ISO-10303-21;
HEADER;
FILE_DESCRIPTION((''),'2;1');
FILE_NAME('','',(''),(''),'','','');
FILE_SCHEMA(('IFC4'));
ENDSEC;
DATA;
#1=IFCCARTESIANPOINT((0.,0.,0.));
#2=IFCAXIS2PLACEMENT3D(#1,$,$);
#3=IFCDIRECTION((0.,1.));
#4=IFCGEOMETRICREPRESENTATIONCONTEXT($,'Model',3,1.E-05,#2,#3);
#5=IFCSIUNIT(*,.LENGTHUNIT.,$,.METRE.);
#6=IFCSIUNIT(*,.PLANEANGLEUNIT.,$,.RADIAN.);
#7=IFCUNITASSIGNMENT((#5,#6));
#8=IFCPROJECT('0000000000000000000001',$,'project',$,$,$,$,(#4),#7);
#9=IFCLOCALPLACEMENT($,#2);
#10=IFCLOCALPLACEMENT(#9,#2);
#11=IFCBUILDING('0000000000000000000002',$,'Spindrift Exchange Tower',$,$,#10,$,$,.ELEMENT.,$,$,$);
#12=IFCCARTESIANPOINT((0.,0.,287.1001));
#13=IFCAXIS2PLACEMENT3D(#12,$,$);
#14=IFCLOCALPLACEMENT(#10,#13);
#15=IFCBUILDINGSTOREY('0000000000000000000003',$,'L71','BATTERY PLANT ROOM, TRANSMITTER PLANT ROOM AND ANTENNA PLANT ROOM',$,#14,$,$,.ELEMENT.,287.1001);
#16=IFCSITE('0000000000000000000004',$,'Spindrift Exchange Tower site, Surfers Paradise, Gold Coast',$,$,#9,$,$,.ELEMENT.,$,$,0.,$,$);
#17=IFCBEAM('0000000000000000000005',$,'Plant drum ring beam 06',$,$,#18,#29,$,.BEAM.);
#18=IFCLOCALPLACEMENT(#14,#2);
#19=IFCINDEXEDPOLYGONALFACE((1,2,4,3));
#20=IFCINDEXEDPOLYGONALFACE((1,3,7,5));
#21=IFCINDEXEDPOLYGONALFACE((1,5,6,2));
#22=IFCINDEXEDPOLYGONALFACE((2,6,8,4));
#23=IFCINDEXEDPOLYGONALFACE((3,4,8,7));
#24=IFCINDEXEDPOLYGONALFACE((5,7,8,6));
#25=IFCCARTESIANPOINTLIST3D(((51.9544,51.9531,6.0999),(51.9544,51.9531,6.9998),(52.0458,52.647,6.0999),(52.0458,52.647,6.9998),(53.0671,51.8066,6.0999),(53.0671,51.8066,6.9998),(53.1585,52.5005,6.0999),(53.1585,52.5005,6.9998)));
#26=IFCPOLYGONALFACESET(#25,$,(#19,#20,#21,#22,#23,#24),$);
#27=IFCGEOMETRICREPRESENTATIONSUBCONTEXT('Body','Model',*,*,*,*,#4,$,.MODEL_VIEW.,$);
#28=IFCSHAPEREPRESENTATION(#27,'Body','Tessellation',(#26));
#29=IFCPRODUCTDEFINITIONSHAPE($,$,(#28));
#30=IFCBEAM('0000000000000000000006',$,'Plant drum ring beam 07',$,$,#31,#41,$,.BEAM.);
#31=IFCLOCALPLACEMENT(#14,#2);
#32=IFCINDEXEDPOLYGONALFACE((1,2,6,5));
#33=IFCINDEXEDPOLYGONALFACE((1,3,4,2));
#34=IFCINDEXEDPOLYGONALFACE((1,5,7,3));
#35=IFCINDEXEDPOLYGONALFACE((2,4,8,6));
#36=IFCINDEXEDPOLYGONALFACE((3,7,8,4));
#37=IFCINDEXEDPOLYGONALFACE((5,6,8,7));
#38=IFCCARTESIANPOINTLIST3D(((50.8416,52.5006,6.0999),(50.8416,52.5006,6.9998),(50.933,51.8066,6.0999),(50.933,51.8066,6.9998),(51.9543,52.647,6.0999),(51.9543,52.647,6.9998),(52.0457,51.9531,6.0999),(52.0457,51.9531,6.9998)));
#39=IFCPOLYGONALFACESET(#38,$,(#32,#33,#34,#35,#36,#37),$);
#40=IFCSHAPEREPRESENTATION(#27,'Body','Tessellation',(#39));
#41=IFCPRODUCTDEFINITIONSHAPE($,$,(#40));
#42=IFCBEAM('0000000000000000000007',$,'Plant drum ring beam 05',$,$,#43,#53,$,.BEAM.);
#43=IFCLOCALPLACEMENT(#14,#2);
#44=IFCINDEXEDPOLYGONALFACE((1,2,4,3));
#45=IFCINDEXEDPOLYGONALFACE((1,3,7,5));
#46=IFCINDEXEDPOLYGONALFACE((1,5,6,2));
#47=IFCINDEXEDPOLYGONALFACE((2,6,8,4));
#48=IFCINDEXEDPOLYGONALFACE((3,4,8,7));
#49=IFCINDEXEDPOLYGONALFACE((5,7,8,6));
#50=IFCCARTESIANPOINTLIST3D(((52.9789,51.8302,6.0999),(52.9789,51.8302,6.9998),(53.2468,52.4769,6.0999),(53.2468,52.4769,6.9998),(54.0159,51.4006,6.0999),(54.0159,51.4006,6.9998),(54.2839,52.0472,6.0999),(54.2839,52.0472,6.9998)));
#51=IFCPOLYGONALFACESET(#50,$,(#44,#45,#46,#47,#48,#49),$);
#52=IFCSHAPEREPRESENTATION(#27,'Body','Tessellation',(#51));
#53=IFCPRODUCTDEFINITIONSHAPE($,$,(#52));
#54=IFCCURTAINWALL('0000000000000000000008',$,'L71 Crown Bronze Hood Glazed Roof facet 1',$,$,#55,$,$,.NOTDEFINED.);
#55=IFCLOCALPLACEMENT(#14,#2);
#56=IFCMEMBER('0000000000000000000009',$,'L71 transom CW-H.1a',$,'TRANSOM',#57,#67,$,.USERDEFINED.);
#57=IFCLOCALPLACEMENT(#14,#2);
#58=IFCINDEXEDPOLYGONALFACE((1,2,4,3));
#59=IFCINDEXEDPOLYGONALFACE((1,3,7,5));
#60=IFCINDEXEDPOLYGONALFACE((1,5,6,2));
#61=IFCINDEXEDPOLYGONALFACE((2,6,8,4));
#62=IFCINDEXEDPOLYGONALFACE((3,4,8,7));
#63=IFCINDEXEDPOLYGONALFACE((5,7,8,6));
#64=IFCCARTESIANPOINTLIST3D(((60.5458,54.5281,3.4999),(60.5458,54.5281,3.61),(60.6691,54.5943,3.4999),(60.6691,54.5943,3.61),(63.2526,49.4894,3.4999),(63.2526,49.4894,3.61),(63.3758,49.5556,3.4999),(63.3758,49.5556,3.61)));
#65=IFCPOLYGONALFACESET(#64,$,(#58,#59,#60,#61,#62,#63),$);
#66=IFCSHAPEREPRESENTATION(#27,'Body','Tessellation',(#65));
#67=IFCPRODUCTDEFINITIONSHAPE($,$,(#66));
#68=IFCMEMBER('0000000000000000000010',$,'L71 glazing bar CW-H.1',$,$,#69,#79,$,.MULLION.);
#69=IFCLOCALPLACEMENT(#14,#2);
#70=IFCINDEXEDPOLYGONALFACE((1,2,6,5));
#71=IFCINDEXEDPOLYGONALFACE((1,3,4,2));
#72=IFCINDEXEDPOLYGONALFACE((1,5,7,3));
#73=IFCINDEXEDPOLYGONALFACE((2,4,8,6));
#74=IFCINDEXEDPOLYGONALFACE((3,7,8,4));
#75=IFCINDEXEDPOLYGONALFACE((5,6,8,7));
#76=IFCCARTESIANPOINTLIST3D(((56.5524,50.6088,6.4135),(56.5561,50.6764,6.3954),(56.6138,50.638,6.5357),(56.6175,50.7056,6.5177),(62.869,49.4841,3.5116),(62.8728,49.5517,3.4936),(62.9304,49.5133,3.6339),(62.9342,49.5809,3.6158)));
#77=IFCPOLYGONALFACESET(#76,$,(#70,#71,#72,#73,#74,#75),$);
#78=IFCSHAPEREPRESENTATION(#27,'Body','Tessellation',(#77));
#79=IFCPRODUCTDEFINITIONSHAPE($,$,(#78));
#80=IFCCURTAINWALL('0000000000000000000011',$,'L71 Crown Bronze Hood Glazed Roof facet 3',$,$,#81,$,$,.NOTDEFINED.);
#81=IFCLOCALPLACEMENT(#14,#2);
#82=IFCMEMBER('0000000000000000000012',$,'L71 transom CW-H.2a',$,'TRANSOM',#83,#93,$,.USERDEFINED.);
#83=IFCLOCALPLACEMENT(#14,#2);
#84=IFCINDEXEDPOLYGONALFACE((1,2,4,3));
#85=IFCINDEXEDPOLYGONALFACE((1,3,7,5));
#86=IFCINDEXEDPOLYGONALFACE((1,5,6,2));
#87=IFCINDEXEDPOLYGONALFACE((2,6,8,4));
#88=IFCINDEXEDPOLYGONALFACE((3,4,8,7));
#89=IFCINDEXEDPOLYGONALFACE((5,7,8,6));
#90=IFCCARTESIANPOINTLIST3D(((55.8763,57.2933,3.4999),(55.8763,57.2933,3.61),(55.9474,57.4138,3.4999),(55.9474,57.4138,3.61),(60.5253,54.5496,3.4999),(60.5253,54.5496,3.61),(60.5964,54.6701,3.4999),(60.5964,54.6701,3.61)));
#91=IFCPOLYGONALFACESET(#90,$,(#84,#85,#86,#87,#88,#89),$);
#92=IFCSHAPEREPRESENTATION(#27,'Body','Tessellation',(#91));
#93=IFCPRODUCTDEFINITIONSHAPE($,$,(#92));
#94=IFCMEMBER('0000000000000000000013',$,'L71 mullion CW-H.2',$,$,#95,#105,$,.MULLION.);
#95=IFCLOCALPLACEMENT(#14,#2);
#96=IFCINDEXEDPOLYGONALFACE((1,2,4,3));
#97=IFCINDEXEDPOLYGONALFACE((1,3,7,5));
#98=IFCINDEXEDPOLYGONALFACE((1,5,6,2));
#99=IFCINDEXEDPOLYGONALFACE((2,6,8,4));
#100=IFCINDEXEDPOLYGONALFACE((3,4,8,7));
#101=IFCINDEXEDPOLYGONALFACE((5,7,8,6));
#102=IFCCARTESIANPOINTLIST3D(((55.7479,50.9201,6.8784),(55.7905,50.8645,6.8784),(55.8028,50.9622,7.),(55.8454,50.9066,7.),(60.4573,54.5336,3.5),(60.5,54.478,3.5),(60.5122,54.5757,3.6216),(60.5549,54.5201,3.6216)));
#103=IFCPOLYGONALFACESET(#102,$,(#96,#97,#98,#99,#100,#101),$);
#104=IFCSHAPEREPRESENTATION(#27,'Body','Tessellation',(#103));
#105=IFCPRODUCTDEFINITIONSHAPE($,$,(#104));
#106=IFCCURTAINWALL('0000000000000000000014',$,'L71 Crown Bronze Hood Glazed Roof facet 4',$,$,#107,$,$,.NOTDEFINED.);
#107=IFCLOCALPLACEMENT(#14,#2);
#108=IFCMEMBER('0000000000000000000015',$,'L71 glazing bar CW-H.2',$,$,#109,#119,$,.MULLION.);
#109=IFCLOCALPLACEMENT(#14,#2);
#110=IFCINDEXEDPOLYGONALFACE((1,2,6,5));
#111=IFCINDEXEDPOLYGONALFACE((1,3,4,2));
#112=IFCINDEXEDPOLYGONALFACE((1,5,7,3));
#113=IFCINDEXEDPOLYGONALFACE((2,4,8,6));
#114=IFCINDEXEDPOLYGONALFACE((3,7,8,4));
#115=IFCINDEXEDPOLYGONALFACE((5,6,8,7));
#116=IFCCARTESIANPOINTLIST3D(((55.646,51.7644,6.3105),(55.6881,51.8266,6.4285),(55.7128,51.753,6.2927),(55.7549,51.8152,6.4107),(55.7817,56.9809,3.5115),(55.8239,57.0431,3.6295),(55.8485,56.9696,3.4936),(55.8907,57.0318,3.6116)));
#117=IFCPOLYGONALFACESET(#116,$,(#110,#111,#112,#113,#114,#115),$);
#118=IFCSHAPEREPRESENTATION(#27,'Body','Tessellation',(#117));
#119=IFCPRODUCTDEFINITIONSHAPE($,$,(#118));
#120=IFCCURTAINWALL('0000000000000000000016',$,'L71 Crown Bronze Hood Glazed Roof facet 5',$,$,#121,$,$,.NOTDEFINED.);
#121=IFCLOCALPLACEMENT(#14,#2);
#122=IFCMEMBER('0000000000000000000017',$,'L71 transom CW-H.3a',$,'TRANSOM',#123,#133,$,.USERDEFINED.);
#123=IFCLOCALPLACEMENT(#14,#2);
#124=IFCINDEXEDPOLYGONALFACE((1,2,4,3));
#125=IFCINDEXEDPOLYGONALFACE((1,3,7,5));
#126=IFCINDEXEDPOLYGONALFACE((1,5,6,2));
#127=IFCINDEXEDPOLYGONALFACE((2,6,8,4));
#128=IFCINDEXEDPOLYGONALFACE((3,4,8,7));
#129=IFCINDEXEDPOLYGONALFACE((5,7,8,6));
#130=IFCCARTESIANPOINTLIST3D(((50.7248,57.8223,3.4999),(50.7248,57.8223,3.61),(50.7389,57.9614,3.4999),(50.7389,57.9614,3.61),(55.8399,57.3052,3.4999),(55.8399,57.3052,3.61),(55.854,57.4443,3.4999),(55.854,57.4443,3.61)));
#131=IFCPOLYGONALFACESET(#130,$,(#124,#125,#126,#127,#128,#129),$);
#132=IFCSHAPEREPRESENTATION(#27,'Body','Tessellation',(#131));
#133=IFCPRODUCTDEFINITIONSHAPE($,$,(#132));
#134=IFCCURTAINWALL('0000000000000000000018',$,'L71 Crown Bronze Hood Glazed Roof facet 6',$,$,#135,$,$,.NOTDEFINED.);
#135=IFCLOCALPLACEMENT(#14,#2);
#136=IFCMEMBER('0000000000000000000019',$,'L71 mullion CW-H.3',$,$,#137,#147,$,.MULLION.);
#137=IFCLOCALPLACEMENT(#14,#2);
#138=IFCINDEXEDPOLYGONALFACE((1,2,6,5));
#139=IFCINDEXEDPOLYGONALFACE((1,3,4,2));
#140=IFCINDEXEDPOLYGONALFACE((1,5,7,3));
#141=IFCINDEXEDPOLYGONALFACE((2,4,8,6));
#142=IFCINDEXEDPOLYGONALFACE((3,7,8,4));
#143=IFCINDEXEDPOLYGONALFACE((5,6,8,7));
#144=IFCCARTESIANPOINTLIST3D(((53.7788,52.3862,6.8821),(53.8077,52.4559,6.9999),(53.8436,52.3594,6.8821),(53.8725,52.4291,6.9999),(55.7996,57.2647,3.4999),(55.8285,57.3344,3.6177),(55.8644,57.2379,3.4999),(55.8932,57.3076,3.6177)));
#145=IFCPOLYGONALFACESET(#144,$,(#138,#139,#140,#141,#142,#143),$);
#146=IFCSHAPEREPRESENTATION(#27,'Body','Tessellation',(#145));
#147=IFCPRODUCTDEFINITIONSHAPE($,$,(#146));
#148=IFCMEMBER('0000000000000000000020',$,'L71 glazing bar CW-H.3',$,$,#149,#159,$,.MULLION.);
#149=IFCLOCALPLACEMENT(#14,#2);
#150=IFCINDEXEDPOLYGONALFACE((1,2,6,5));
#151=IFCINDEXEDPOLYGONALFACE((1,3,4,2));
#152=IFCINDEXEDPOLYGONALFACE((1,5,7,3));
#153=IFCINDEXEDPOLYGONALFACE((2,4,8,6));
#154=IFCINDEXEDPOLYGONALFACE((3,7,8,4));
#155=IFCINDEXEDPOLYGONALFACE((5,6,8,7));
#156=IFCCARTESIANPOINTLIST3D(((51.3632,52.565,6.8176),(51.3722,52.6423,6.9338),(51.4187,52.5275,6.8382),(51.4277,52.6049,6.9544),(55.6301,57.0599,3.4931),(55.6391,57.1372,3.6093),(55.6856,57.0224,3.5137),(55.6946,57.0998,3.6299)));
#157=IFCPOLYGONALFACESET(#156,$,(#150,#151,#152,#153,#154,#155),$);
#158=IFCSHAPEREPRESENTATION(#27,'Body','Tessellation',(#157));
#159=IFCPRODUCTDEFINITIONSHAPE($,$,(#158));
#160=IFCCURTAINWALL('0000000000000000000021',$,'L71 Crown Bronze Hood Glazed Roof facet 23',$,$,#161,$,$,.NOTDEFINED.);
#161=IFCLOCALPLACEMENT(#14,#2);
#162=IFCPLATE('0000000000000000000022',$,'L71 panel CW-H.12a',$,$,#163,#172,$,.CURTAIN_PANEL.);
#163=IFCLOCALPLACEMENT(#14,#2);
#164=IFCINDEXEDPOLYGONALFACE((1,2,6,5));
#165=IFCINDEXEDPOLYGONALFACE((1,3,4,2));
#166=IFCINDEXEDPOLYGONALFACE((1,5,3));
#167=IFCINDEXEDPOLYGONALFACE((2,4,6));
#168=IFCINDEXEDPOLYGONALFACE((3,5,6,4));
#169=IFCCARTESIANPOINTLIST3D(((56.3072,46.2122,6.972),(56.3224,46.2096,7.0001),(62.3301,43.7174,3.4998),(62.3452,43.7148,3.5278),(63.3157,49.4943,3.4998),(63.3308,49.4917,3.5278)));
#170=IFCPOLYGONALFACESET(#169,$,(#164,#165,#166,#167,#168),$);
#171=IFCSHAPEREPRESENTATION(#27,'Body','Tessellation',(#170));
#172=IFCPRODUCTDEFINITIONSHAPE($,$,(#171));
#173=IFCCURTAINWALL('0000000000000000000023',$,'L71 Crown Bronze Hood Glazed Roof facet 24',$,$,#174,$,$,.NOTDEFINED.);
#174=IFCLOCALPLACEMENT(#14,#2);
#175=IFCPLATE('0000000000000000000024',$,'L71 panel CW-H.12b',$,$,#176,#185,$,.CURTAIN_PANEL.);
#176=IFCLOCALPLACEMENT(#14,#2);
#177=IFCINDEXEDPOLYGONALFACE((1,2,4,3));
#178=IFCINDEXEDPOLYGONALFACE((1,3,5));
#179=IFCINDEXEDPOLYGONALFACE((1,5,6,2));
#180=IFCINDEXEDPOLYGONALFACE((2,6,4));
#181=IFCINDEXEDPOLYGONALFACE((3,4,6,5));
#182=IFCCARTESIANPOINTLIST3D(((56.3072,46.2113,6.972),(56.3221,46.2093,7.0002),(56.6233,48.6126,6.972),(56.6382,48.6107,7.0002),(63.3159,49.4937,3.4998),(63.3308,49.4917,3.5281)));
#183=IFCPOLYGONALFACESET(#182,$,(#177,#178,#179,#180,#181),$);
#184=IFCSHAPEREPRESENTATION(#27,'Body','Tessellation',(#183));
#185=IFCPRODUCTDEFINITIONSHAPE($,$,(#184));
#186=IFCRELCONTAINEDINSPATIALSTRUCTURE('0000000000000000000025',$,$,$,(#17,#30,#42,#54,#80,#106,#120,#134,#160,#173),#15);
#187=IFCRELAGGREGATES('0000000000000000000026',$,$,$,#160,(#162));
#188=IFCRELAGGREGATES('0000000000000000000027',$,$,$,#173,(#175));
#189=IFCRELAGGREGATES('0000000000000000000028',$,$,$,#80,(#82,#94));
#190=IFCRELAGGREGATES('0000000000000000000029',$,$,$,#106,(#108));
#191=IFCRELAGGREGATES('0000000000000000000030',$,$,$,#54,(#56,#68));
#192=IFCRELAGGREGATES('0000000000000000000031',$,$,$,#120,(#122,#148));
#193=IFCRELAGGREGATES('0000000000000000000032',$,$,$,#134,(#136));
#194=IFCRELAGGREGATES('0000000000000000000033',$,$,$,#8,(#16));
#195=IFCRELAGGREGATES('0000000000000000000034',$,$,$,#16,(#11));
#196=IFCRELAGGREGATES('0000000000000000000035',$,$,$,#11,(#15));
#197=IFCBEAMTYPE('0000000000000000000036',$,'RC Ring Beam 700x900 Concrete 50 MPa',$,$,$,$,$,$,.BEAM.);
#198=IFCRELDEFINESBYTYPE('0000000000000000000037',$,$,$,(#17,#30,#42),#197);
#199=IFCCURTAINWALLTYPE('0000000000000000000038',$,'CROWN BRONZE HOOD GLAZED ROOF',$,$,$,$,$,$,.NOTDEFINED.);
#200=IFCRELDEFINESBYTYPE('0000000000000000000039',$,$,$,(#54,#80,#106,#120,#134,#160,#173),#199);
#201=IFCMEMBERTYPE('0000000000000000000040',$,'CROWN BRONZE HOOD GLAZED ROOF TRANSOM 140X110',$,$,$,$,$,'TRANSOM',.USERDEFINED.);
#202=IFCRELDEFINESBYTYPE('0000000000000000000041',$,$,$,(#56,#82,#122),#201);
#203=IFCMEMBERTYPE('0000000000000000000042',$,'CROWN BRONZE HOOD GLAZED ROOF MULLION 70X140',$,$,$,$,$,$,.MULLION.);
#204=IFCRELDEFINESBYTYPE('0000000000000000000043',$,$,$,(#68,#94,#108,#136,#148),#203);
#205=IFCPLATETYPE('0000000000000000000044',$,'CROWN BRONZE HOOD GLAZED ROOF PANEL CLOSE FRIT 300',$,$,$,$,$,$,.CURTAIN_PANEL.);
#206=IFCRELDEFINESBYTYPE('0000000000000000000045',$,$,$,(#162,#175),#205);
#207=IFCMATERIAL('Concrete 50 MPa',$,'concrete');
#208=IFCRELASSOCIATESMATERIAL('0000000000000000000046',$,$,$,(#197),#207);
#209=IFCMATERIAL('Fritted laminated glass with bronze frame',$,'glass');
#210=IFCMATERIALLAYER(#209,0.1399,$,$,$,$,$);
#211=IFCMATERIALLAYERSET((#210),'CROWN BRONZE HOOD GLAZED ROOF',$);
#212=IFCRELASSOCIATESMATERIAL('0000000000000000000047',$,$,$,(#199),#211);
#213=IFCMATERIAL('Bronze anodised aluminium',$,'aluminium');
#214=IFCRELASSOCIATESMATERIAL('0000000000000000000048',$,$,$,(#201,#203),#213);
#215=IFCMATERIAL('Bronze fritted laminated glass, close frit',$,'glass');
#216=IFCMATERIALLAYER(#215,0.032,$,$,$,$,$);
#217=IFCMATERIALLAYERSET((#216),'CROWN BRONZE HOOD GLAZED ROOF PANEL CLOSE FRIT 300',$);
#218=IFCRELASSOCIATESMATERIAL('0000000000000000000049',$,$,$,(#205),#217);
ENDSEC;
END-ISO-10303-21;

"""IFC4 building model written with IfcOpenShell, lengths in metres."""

from ifc_helpers import new_model, si_unit, direction, frame, origin, origin_2d, place, context, subcontext, project, spatial, line, indexed_curve, rectangle, outline, extrude, source, transform, mapped, material, layer, layer_set, material_profile, profile_set, type_object, element, aggregate, save


model = new_model("IFC4")

# Units and contexts
model_context = context("Model", 3, precision=1e-05, world=origin(), true_north=direction((0.0, 1.0)))
body_context = subcontext(model_context, "Body", "Model", "MODEL_VIEW")
ifc_project = project(units=[si_unit("LENGTHUNIT", "METRE"), si_unit("PLANEANGLEUNIT", "RADIAN")], contexts=[model_context])

# Site, building, storey
site_placement = place(None, origin())
site = spatial("IfcSite", under=ifc_project, at=site_placement, Name="Spindrift Exchange Tower site, Surfers Paradise, Gold Coast", CompositionType="ELEMENT", RefElevation=0.0)
building_placement = place(site_placement, origin())
building = spatial("IfcBuilding", under=site, at=building_placement, Name="Spindrift Exchange Tower", CompositionType="ELEMENT")
storey_placement = place(building_placement, frame((0.0, 0.0, 287.1001)))
storey = spatial("IfcBuildingStorey", under=building, at=storey_placement, Name="L71", Description="BATTERY PLANT ROOM, TRANSMITTER PLANT ROOM AND ANTENNA PLANT ROOM", CompositionType="ELEMENT", Elevation=287.1001)

# Beams
ifc_material_1 = material(Name="Concrete 50 MPa", Category="concrete")
ifc_material_profile_1 = material_profile(ifc_material_1, rectangle(XDim=0.7, YDim=0.8999, at=origin_2d()), Name="RC 700x900")
ifc_profile_set_1 = profile_set([ifc_material_profile_1], Name="Concrete 50 MPa")
beam_type = type_object("IfcBeamType", Name="RC Ring Beam 700x900 Concrete 50 MPa", PredefinedType="BEAM", material=ifc_profile_set_1)
shared_shape_1 = source(origin(), body_context, "Body", "SweptSolid", [
    extrude(rectangle(XDim=0.7, YDim=0.8999, at=origin_2d()), origin(), (0.0, 0.0, 1.0), 1.1223),
])
for number, where, z_axis, x_axis, name in (
    (1, (53.1128, 52.1536, 6.5498), (-0.991447, 0.130511, 0.0), (-0.130511, -0.991447, 0.0), "Plant drum ring beam 06"),
    (2, (52.0, 52.3, 6.5498), (-0.991447, -0.130511, 0.0), (0.130511, -0.991447, 0.0), "Plant drum ring beam 07"),
):
    element("IfcBeam", number, at=place(storey_placement, frame(where, z_axis=z_axis, x_axis=x_axis)), inside=storey, type_object=beam_type, Name=name, PredefinedType="BEAM", context=body_context, shape_type="MappedRepresentation", body=[
        mapped(shared_shape_1, transform((0.0, 0.0, 0.0), scale=1.0)),
    ])
shared_shape_2 = source(origin(), body_context, "Body", "SweptSolid", [
    extrude(rectangle(XDim=0.7, YDim=0.8999, at=origin_2d()), origin(), (0.0, 0.0, 1.0), 1.1226),
])
beam_placement = place(storey_placement, frame((54.1499, 51.7239, 6.5498), z_axis=(-0.923847, 0.382762, 0.0), x_axis=(-0.382762, -0.923847, 0.0)))
element("IfcBeam", 3, at=beam_placement, inside=storey, type_object=beam_type, Name="Plant drum ring beam 05", PredefinedType="BEAM", context=body_context, shape_type="MappedRepresentation", body=[
    mapped(shared_shape_2, transform((0.0, 0.0, 0.0), scale=1.0)),
])

# Curtain walls, members
ifc_material_2 = material(Name="Fritted laminated glass with bronze frame", Category="glass")
ifc_layer_1 = layer(ifc_material_2, 0.1399)
ifc_layer_set_1 = layer_set([ifc_layer_1], Name="CROWN BRONZE HOOD GLAZED ROOF")
curtain_wall_type = type_object("IfcCurtainWallType", Name="CROWN BRONZE HOOD GLAZED ROOF", PredefinedType="NOTDEFINED", material=ifc_layer_set_1)
curtain_wall_1_placement = place(storey_placement, origin())
curtain_wall_1 = element("IfcCurtainWall", 4, at=curtain_wall_1_placement, inside=storey, type_object=curtain_wall_type, Name="L71 Crown Bronze Hood Glazed Roof facet 1", PredefinedType="NOTDEFINED")
ifc_material_3 = material(Name="Bronze anodised aluminium", Category="aluminium")
ifc_material_profile_2 = material_profile(ifc_material_3, rectangle(XDim=0.1399, YDim=0.1101, at=origin_2d()), Name="CROWN BRONZE HOOD GLAZED ROOF TRANSOM 140X110")
ifc_profile_set_2 = profile_set([ifc_material_profile_2], Name="Bronze anodised aluminium")
member_type_1 = type_object("IfcMemberType", Name="CROWN BRONZE HOOD GLAZED ROOF TRANSOM 140X110", ElementType="TRANSOM", PredefinedType="USERDEFINED", material=ifc_profile_set_2)
shared_shape_3 = source(origin(), body_context, "Body", "SweptSolid", [
    extrude(rectangle(XDim=0.1399, YDim=0.1101, at=origin_2d()), origin(), (0.0, 0.0, 1.0), 5.7197),
])
member_1_placement = place(storey_placement, frame((63.3142, 49.5225, 3.5549), z_axis=(-0.473229, 0.880939, 0.0), x_axis=(-0.880939, -0.473229, 0.0)))
member_1 = element("IfcMember", 5, at=member_1_placement, type_object=member_type_1, Name="L71 transom CW-H.1a", ObjectType="TRANSOM", PredefinedType="USERDEFINED", context=body_context, shape_type="MappedRepresentation", body=[
    mapped(shared_shape_3, transform((0.0, 0.0, 0.0), scale=1.0)),
])
ifc_material_profile_3 = material_profile(ifc_material_3, rectangle(XDim=0.0701, YDim=0.1399, at=origin_2d()), Name="CROWN BRONZE HOOD GLAZED ROOF MULLION 70X140")
ifc_profile_set_3 = profile_set([ifc_material_profile_3], Name="Bronze anodised aluminium")
member_type_2 = type_object("IfcMemberType", Name="CROWN BRONZE HOOD GLAZED ROOF MULLION 70X140", PredefinedType="MULLION", material=ifc_profile_set_3)
shared_shape_4 = source(origin(), body_context, "Body", "SweptSolid", [
    extrude(rectangle(XDim=0.0701, YDim=0.1399, at=origin_2d()), origin(), (0.0, 0.0, 1.0), 7.0417),
])
member_2_placement = place(storey_placement, frame((62.9016, 49.5325, 3.5637), z_axis=(-0.897031, 0.159727, 0.412094), x_axis=(-0.053573, -0.964832, 0.257352)))
member_2 = element("IfcMember", 6, at=member_2_placement, type_object=member_type_2, Name="L71 glazing bar CW-H.1", PredefinedType="MULLION", context=body_context, shape_type="MappedRepresentation", body=[
    mapped(shared_shape_4, transform((0.0, 0.0, 0.0), scale=1.0)),
])
curtain_wall_2_placement = place(storey_placement, origin())
curtain_wall_2 = element("IfcCurtainWall", 7, at=curtain_wall_2_placement, inside=storey, type_object=curtain_wall_type, Name="L71 Crown Bronze Hood Glazed Roof facet 3", PredefinedType="NOTDEFINED")
shared_shape_5 = source(origin(), body_context, "Body", "SweptSolid", [
    extrude(rectangle(XDim=0.1399, YDim=0.1101, at=origin_2d()), origin(), (0.0, 0.0, 1.0), 5.3982),
])
member_3_placement = place(storey_placement, frame((55.9119, 57.3535, 3.5549), z_axis=(0.861206, -0.508257, 0.0), x_axis=(0.508257, 0.861206, 0.0)))
member_3 = element("IfcMember", 8, at=member_3_placement, type_object=member_type_1, Name="L71 transom CW-H.2a", ObjectType="TRANSOM", PredefinedType="USERDEFINED", context=body_context, shape_type="MappedRepresentation", body=[
    mapped(shared_shape_5, transform((0.0, 0.0, 0.0), scale=1.0)),
])
shared_shape_6 = source(origin(), body_context, "Body", "SweptSolid", [
    extrude(rectangle(XDim=0.0701, YDim=0.1399, at=origin_2d()), origin(), (0.0, 0.0, 1.0), 6.8301),
])
member_4_placement = place(storey_placement, frame((60.5061, 54.5269, 3.5608), z_axis=(-0.689516, -0.529058, 0.494636), x_axis=(0.608742, -0.793368, 0.0)))
member_4 = element("IfcMember", 9, at=member_4_placement, type_object=member_type_2, Name="L71 mullion CW-H.2", PredefinedType="MULLION", context=body_context, shape_type="MappedRepresentation", body=[
    mapped(shared_shape_6, transform((0.0, 0.0, 0.0), scale=1.0)),
])

# Curtain walls, members
curtain_wall_3_placement = place(storey_placement, origin())
curtain_wall_3 = element("IfcCurtainWall", 10, at=curtain_wall_3_placement, inside=storey, type_object=curtain_wall_type, Name="L71 Crown Bronze Hood Glazed Roof facet 4", PredefinedType="NOTDEFINED")
shared_shape_7 = source(origin(), body_context, "Body", "SweptSolid", [
    extrude(rectangle(XDim=0.0701, YDim=0.1399, at=origin_2d()), origin(), (0.0, 0.0, 1.0), 5.9216),
])
member_5_placement = place(storey_placement, frame((55.8362, 57.0063, 3.5615), z_axis=(-0.022923, -0.880932, 0.472686), x_axis=(0.953246, -0.161767, -0.255253)))
member_5 = element("IfcMember", 11, at=member_5_placement, type_object=member_type_2, Name="L71 glazing bar CW-H.2", PredefinedType="MULLION", context=body_context, shape_type="MappedRepresentation", body=[
    mapped(shared_shape_7, transform((0.0, 0.0, 0.0), scale=1.0)),
])
curtain_wall_4_placement = place(storey_placement, origin())
curtain_wall_4 = element("IfcCurtainWall", 12, at=curtain_wall_4_placement, inside=storey, type_object=curtain_wall_type, Name="L71 Crown Bronze Hood Glazed Roof facet 5", PredefinedType="NOTDEFINED")
shared_shape_8 = source(origin(), body_context, "Body", "SweptSolid", [
    extrude(rectangle(XDim=0.1399, YDim=0.1101, at=origin_2d()), origin(), (0.0, 0.0, 1.0), 5.1411),
])
member_6_placement = place(storey_placement, frame((55.8469, 57.3748, 3.5549), z_axis=(-0.994929, 0.10058, 0.0), x_axis=(-0.10058, -0.994929, 0.0)))
member_6 = element("IfcMember", 13, at=member_6_placement, type_object=member_type_1, Name="L71 transom CW-H.3a", ObjectType="TRANSOM", PredefinedType="USERDEFINED", context=body_context, shape_type="MappedRepresentation", body=[
    mapped(shared_shape_8, transform((0.0, 0.0, 0.0), scale=1.0)),
])
curtain_wall_5_placement = place(storey_placement, origin())
curtain_wall_5 = element("IfcCurtainWall", 14, at=curtain_wall_5_placement, inside=storey, type_object=curtain_wall_type, Name="L71 Crown Bronze Hood Glazed Roof facet 6", PredefinedType="NOTDEFINED")
shared_shape_9 = source(origin(), body_context, "Body", "SweptSolid", [
    extrude(rectangle(XDim=0.0701, YDim=0.1399, at=origin_2d()), origin(), (0.0, 0.0, 1.0), 6.2708),
])
member_7_placement = place(storey_placement, frame((55.8464, 57.2861, 3.5588), z_axis=(-0.322256, -0.777978, 0.539352), x_axis=(0.923877, -0.382691, 0.0)))
member_7 = element("IfcMember", 15, at=member_7_placement, type_object=member_type_2, Name="L71 mullion CW-H.3", PredefinedType="MULLION", context=body_context, shape_type="MappedRepresentation", body=[
    mapped(shared_shape_9, transform((0.0, 0.0, 0.0), scale=1.0)),
])

# Member
shared_shape_10 = source(origin(), body_context, "Body", "SweptSolid", [
    extrude(rectangle(XDim=0.0701, YDim=0.1399, at=origin_2d()), origin(), (0.0, 0.0, 1.0), 7.033),
])
member_8_placement = place(storey_placement, frame((55.6624, 57.0798, 3.5615), z_axis=(-0.606697, -0.639119, 0.4727), x_axis=(0.792328, -0.534289, 0.294537)))
member_8 = element("IfcMember", 16, at=member_8_placement, type_object=member_type_2, Name="L71 glazing bar CW-H.3", PredefinedType="MULLION", context=body_context, shape_type="MappedRepresentation", body=[
    mapped(shared_shape_10, transform((0.0, 0.0, 0.0), scale=1.0)),
])

# Curtain walls, plates
curtain_wall_6_placement = place(storey_placement, origin())
curtain_wall_6 = element("IfcCurtainWall", 17, at=curtain_wall_6_placement, inside=storey, type_object=curtain_wall_type, Name="L71 Crown Bronze Hood Glazed Roof facet 23", PredefinedType="NOTDEFINED")
ifc_material_4 = material(Name="Bronze fritted laminated glass, close frit", Category="glass")
ifc_layer_2 = layer(ifc_material_4, 0.032)
ifc_layer_set_2 = layer_set([ifc_layer_2], Name="CROWN BRONZE HOOD GLAZED ROOF PANEL CLOSE FRIT 300")
plate_type_1 = type_object("IfcPlateType", Name="CROWN BRONZE HOOD GLAZED ROOF PANEL CLOSE FRIT 300", PredefinedType="CURTAIN_PANEL", material=ifc_layer_set_2)
plate_1_placement = place(storey_placement, frame((63.3308, 49.4917, 3.5278), z_axis=(0.472556, -0.080623, 0.877605), x_axis=(-0.168181, -0.985756, 0.0)))
plate_1 = element("IfcPlate", 18, at=plate_1_placement, type_object=plate_type_1, Name="L71 panel CW-H.12a", PredefinedType="CURTAIN_PANEL", context=body_context, shape_type="SweptSolid", body=[
    extrude(outline(indexed_curve([(0.0, 0.0), (5.8604, 0.0), (4.4141, -7.2432)], segments=[line(1, 2, 3, 1)], self_intersect=False)), origin(), (0.0, 0.0, -1.0), 0.032),
])
aggregate(curtain_wall_6, [plate_1])
curtain_wall_7_placement = place(storey_placement, origin())
curtain_wall_7 = element("IfcCurtainWall", 19, at=curtain_wall_7_placement, inside=storey, type_object=curtain_wall_type, Name="L71 Crown Bronze Hood Glazed Roof facet 24", PredefinedType="NOTDEFINED")
plate_2_placement = place(storey_placement, frame((63.3308, 49.4917, 3.5281), z_axis=(0.466004, -0.06136, 0.882652), x_axis=(-0.82626, -0.386966, 0.409331)))
plate_2 = element("IfcPlate", 20, at=plate_2_placement, type_object=plate_type_1, Name="L71 panel CW-H.12b", PredefinedType="CURTAIN_PANEL", context=body_context, shape_type="SweptSolid", body=[
    extrude(outline(indexed_curve([(0.0, 0.0), (8.4824, 0.0), (7.292, -2.1094)], segments=[line(1, 2, 3, 1)], self_intersect=False)), origin(), (0.0, 0.0, -1.0), 0.032),
])
aggregate(curtain_wall_7, [plate_2])

aggregate(curtain_wall_2, [member_3, member_4])
aggregate(curtain_wall_3, [member_5])
aggregate(curtain_wall_1, [member_1, member_2])

aggregate(curtain_wall_4, [member_6, member_8])
aggregate(curtain_wall_5, [member_7])

save(model, "model.ifc")
